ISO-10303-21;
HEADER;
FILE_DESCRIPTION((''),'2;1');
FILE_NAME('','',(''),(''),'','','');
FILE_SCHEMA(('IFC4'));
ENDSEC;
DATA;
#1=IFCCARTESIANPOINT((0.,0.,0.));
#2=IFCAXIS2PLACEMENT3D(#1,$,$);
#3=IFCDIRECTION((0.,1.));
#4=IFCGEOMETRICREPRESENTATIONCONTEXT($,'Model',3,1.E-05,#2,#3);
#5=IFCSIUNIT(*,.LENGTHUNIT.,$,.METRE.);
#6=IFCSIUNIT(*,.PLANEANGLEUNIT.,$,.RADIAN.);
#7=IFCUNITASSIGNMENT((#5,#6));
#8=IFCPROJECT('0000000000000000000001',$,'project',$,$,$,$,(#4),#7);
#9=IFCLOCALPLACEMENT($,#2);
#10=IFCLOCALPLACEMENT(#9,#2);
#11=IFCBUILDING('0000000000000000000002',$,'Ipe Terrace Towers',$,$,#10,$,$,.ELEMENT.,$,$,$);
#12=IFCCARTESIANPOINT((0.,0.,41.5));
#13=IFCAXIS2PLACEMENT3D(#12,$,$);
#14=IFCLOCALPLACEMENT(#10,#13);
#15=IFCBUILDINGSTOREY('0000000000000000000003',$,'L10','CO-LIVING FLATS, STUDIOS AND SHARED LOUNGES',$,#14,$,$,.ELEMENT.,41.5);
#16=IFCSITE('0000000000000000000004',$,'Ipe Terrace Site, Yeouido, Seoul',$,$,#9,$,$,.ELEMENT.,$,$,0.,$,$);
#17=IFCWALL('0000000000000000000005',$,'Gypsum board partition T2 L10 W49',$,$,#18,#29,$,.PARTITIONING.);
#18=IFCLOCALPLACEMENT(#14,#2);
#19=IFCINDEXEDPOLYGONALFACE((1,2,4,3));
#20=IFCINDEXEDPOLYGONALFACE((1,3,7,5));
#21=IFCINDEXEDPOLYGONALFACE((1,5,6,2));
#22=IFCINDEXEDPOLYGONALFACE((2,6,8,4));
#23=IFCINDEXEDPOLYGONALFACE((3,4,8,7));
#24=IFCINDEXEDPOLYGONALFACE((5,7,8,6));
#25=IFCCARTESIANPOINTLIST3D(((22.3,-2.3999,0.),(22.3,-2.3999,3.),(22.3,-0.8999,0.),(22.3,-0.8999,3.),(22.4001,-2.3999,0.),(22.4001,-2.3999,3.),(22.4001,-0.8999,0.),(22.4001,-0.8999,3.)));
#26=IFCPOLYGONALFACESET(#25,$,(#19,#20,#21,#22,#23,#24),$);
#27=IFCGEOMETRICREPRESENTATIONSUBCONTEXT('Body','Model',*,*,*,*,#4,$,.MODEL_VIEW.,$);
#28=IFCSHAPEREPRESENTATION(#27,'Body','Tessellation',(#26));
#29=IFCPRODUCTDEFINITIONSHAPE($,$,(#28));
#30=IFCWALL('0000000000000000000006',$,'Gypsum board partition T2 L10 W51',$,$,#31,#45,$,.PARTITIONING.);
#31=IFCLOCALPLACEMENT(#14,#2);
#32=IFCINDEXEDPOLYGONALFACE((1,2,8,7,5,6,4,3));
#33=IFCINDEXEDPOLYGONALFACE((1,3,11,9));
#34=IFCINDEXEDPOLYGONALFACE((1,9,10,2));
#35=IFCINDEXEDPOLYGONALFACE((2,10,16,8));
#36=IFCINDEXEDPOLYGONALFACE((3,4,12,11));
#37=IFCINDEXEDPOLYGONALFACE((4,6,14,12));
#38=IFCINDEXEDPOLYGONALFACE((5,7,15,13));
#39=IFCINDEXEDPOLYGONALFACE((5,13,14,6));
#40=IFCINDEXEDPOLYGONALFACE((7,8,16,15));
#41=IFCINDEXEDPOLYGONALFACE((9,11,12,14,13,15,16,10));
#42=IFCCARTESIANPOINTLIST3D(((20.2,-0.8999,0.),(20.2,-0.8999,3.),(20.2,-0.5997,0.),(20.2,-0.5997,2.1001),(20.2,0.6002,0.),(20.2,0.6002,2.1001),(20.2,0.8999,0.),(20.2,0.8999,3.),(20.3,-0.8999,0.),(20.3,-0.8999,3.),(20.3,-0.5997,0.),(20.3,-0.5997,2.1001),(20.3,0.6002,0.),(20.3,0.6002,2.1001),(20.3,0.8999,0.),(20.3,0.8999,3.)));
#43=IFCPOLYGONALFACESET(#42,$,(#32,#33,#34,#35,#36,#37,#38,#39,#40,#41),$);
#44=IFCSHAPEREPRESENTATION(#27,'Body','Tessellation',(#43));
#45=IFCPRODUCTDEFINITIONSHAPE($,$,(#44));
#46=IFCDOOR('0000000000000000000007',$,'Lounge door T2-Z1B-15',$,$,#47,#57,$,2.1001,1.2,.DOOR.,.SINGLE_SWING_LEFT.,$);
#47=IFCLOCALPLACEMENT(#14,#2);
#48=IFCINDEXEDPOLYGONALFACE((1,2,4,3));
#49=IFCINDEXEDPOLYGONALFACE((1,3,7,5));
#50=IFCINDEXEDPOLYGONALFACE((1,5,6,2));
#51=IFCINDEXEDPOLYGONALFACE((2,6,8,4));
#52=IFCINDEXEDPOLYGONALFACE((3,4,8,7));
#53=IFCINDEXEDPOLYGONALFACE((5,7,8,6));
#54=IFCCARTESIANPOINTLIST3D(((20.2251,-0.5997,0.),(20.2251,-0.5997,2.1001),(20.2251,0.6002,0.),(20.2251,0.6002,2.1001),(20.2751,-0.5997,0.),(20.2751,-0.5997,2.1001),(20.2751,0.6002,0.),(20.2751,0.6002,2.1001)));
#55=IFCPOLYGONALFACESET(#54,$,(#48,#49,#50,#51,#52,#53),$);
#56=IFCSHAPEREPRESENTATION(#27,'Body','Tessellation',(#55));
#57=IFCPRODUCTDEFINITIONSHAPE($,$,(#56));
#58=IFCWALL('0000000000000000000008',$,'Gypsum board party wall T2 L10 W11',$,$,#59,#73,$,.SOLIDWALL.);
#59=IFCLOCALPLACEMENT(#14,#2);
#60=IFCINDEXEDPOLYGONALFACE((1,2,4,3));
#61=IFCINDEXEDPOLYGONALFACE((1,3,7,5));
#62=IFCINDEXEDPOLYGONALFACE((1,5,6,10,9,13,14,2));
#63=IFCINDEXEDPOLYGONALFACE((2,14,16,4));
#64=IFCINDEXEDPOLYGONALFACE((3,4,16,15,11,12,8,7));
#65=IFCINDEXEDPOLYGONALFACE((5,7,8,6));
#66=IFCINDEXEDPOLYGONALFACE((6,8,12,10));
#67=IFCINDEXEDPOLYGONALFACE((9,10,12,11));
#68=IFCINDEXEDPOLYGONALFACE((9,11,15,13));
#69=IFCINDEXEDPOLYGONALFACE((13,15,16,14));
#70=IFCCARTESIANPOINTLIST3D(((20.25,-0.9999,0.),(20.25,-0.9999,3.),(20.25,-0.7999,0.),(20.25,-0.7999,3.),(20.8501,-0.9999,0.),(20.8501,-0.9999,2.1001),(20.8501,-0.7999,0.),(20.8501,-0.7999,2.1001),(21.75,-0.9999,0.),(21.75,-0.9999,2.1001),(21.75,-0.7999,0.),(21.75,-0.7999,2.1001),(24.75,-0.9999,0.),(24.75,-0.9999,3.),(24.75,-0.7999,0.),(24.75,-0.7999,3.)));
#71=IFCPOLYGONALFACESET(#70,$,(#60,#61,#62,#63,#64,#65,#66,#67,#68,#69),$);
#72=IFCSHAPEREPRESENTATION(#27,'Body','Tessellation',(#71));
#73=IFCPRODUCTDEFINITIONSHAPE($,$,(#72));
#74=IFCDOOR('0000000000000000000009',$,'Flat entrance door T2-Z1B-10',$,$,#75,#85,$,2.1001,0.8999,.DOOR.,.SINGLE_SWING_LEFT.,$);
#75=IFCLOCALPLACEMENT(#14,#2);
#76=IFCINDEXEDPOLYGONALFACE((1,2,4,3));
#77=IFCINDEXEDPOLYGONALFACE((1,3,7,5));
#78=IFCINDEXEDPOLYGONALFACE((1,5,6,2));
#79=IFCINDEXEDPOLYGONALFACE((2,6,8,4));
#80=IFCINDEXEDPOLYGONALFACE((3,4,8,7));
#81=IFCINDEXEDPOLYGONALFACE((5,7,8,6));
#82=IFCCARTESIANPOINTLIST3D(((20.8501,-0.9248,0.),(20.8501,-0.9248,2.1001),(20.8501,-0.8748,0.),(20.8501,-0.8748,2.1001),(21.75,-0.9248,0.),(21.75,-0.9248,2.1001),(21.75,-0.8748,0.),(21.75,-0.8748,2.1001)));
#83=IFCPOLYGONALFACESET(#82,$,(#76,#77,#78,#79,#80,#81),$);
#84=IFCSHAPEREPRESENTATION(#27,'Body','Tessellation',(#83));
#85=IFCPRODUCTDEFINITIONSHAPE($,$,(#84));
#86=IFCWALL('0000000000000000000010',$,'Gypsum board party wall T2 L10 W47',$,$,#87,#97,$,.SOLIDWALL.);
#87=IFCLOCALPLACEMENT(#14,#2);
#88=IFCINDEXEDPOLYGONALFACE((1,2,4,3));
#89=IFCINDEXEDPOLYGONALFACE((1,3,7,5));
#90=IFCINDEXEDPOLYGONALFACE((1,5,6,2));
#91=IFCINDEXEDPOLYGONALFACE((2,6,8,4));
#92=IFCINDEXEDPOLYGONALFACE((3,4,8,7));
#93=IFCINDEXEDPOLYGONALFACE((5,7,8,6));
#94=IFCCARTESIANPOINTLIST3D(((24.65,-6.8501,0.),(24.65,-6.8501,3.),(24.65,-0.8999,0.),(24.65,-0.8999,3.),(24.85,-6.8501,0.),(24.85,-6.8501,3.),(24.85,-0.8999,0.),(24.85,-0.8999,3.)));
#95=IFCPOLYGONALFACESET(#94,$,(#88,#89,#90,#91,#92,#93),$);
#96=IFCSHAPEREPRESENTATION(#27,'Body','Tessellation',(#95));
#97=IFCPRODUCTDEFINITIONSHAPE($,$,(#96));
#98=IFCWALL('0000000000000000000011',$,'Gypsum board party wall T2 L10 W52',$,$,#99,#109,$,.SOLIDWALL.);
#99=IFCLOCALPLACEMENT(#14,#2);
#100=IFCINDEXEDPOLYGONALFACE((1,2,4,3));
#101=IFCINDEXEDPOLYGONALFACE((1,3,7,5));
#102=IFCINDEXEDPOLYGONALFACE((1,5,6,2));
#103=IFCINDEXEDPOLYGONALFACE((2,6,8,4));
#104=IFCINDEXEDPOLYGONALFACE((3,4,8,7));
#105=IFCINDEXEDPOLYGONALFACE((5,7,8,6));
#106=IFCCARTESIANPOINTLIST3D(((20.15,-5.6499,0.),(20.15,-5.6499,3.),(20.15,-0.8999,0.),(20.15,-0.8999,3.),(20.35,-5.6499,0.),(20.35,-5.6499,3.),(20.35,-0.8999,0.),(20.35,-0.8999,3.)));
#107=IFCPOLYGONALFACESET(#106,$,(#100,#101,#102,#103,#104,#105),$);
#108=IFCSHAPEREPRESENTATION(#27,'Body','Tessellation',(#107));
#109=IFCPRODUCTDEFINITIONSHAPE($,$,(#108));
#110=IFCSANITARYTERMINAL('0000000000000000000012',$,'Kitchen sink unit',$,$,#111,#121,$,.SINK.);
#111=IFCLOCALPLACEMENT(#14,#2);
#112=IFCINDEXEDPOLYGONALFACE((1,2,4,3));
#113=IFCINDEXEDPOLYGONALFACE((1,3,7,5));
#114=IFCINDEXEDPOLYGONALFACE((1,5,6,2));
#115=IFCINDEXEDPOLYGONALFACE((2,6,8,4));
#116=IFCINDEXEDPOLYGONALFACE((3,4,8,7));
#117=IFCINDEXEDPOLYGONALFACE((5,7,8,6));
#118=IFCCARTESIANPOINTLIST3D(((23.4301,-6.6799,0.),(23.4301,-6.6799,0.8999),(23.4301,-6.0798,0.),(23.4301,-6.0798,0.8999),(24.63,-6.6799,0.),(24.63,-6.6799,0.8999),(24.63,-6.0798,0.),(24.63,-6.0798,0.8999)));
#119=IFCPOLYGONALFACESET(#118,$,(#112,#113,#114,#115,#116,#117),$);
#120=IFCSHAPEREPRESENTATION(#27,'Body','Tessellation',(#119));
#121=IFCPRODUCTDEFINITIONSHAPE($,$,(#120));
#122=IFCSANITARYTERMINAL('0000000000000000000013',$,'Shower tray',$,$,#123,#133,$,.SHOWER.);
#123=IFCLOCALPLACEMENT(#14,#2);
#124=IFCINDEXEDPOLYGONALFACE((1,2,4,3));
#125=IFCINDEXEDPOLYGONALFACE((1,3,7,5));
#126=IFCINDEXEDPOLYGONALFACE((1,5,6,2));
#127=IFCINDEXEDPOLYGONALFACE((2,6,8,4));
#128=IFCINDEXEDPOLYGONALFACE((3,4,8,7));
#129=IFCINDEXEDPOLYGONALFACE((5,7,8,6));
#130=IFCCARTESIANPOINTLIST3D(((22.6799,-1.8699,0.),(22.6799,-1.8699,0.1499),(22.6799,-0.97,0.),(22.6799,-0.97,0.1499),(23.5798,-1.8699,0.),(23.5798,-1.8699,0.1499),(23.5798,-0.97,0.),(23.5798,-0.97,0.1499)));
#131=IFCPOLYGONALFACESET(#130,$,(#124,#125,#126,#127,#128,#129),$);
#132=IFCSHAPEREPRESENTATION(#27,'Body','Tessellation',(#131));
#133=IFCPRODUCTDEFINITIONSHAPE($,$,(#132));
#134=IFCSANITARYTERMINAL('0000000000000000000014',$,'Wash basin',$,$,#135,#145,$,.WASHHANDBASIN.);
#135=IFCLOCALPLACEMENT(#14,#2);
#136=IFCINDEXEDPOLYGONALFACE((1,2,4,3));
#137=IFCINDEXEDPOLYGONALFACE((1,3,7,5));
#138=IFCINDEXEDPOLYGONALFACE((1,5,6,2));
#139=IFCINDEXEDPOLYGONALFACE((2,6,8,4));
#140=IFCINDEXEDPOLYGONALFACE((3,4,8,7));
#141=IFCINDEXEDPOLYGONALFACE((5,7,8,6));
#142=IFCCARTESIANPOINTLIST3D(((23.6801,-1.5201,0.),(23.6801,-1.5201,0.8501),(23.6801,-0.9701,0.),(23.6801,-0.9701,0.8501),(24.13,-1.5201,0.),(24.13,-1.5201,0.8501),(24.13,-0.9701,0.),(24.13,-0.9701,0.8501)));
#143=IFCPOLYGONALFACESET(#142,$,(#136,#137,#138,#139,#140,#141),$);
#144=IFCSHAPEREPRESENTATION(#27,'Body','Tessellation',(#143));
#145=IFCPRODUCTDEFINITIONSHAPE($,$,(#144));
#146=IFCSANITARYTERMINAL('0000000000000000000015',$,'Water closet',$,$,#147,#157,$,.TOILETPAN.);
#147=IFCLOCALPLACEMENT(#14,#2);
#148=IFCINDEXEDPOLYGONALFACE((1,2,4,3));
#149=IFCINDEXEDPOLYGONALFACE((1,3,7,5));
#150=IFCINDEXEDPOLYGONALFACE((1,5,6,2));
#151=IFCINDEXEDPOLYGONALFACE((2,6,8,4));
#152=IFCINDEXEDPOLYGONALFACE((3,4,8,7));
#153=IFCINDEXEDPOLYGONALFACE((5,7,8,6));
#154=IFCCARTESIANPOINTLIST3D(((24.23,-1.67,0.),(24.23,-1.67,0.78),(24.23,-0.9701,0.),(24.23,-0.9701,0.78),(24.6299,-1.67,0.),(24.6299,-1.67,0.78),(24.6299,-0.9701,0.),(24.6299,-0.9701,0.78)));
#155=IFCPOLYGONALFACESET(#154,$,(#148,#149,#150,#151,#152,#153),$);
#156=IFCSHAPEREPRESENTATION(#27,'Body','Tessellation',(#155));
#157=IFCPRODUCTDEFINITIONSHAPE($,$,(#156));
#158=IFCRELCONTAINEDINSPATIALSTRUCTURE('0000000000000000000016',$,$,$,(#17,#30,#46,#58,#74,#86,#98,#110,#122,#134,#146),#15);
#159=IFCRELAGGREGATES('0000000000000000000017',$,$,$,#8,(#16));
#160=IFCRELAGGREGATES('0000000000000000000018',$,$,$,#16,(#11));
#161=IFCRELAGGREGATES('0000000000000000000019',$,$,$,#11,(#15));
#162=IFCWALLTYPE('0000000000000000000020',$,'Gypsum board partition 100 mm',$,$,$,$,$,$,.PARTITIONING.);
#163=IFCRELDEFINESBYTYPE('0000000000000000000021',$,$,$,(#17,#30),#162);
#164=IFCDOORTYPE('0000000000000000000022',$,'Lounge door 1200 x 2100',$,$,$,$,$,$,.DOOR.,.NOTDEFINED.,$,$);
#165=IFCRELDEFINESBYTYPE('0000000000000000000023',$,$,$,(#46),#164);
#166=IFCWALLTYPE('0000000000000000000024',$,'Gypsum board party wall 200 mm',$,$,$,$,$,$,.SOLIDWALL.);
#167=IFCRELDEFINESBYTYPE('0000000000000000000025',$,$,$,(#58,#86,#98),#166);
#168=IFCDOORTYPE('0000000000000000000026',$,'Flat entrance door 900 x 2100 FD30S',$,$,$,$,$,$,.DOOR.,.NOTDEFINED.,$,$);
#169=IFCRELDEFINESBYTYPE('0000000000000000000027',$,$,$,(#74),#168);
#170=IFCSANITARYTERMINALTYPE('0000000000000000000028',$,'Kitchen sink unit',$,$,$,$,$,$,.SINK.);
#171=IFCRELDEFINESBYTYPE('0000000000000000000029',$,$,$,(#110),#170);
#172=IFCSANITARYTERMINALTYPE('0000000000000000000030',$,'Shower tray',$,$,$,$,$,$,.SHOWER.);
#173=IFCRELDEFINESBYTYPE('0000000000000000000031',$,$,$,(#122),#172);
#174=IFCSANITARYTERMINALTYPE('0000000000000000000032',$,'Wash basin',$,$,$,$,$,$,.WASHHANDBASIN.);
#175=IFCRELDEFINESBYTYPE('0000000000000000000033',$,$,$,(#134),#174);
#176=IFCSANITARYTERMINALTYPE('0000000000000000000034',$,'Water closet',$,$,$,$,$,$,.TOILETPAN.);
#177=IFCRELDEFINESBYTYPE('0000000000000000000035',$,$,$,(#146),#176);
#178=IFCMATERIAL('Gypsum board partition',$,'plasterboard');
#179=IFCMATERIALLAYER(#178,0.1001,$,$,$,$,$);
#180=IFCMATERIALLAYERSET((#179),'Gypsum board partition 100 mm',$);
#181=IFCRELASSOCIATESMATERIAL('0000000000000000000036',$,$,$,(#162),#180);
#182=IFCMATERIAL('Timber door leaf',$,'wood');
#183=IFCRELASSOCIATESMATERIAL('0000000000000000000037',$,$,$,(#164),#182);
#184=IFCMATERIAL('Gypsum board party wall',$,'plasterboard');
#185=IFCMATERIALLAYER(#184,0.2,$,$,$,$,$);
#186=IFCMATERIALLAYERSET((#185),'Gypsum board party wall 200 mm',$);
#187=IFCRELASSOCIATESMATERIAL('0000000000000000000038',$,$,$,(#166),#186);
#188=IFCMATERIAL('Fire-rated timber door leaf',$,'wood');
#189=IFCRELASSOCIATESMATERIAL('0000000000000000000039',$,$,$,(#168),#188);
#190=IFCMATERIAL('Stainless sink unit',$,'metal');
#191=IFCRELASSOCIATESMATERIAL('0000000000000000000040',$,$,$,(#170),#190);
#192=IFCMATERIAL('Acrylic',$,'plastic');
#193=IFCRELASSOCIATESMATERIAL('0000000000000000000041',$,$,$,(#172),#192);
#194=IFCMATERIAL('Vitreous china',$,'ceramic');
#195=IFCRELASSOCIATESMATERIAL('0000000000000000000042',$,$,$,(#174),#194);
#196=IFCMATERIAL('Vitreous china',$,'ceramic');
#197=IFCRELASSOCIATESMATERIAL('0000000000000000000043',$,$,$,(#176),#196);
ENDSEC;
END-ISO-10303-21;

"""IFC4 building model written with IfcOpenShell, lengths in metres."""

from ifc_helpers import new_model, si_unit, direction, frame, frame_2d, origin, origin_2d, place, context, subcontext, project, spatial, rectangle, extrude, material, layer, layer_set, type_object, element, fill, save


model = new_model("IFC4")

# Units and contexts
model_context = context("Model", 3, precision=1e-05, world=origin(), true_north=direction((0.0, 1.0)))
body_context = subcontext(model_context, "Body", "Model", "MODEL_VIEW")
ifc_project = project(units=[si_unit("LENGTHUNIT", "METRE"), si_unit("PLANEANGLEUNIT", "RADIAN")], contexts=[model_context])

# Site, building, storey
site_placement = place(None, origin())
site = spatial("IfcSite", under=ifc_project, at=site_placement, Name="Ipe Terrace Site, Yeouido, Seoul", CompositionType="ELEMENT", RefElevation=0.0)
building_placement = place(site_placement, origin())
building = spatial("IfcBuilding", under=site, at=building_placement, Name="Ipe Terrace Towers", CompositionType="ELEMENT")
storey_placement = place(building_placement, frame((0.0, 0.0, 41.5)))
storey = spatial("IfcBuildingStorey", under=building, at=storey_placement, Name="L10", Description="CO-LIVING FLATS, STUDIOS AND SHARED LOUNGES", CompositionType="ELEMENT", Elevation=41.5)

# Shared definitions
ifc_material_1 = material(Name="Gypsum board partition", Category="plasterboard")
ifc_layer_1 = layer(ifc_material_1, 0.1001)
ifc_layer_set_1 = layer_set([ifc_layer_1], Name="Gypsum board partition 100 mm")
wall_type_1 = type_object("IfcWallType", Name="Gypsum board partition 100 mm", PredefinedType="PARTITIONING", material=ifc_layer_set_1)

# Wall
wall_1_placement = place(storey_placement, frame((22.3501, -2.3999, 0.0), z_axis=(0.0, 0.0, 1.0), x_axis=(0.0, 1.0, 0.0)))
element("IfcWall", 1, at=wall_1_placement, inside=storey, type_object=wall_type_1, Name="Gypsum board partition T2 L10 W49", PredefinedType="PARTITIONING", context=body_context, shape_type="SweptSolid", body=[
    extrude(rectangle(XDim=1.5, YDim=0.1001, at=frame_2d((0.75, 0.0))), origin(), (0.0, 0.0, 1.0), 3.0),
])

# Walls, openings, doors
wall_2_placement = place(storey_placement, frame((20.25, -0.8999, 0.0), z_axis=(0.0, 0.0, 1.0), x_axis=(0.0, 1.0, 0.0)))
wall_2 = element("IfcWall", 2, at=wall_2_placement, inside=storey, type_object=wall_type_1, Name="Gypsum board partition T2 L10 W51", PredefinedType="PARTITIONING", context=body_context, shape_type="SweptSolid", body=[
    extrude(rectangle(XDim=1.7998, YDim=0.1001, at=frame_2d((0.8999, 0.0))), origin(), (0.0, 0.0, 1.0), 3.0),
])
opening_1_placement = place(wall_2_placement, frame((0.3, 0.0, 0.0)))
opening_1 = element("IfcOpeningElement", 3, at=opening_1_placement, cuts=wall_2, PredefinedType="OPENING", context=body_context, shape_type="SweptSolid", body=[
    extrude(rectangle(XDim=1.2, YDim=2.1001, at=frame_2d((0.6001, 1.05))), frame((0.0, 0.0601, 0.0), z_axis=(0.0, -1.0, 0.0), x_axis=(1.0, 0.0, 0.0)), (0.0, 0.0, 1.0), 0.1201),
])
ifc_material_2 = material(Name="Timber door leaf", Category="wood")
door_type_1 = type_object("IfcDoorType", Name="Lounge door 1200 x 2100", OperationType="NOTDEFINED", PredefinedType="DOOR", material=ifc_material_2)
door_1_placement = place(opening_1_placement, origin())
door_1 = element("IfcDoor", 4, at=door_1_placement, inside=storey, type_object=door_type_1, Name="Lounge door T2-Z1B-15", OperationType="SINGLE_SWING_LEFT", OverallHeight=2.1001, OverallWidth=1.2, PredefinedType="DOOR", context=body_context, shape_type="SweptSolid", body=[
    extrude(rectangle(XDim=1.2, YDim=2.1001, at=frame_2d((0.6001, 1.05))), frame((0.0, 0.0249, 0.0), z_axis=(0.0, -1.0, 0.0), x_axis=(1.0, 0.0, 0.0)), (0.0, 0.0, 1.0), 0.05),
])
fill(opening_1, door_1)
ifc_material_3 = material(Name="Gypsum board party wall", Category="plasterboard")
ifc_layer_2 = layer(ifc_material_3, 0.2)
ifc_layer_set_2 = layer_set([ifc_layer_2], Name="Gypsum board party wall 200 mm")
wall_type_2 = type_object("IfcWallType", Name="Gypsum board party wall 200 mm", PredefinedType="SOLIDWALL", material=ifc_layer_set_2)
wall_3_placement = place(storey_placement, frame((24.75, -0.8999, 0.0), z_axis=(0.0, 0.0, 1.0), x_axis=(-1.0, 0.0, 0.0)))
wall_3 = element("IfcWall", 5, at=wall_3_placement, inside=storey, type_object=wall_type_2, Name="Gypsum board party wall T2 L10 W11", PredefinedType="SOLIDWALL", context=body_context, shape_type="SweptSolid", body=[
    extrude(rectangle(XDim=4.5, YDim=0.2, at=frame_2d((2.25, 0.0))), origin(), (0.0, 0.0, 1.0), 3.0),
])
opening_2_placement = place(wall_3_placement, frame((3.0, 0.0, 0.0)))
opening_2 = element("IfcOpeningElement", 6, at=opening_2_placement, cuts=wall_3, PredefinedType="OPENING", context=body_context, shape_type="SweptSolid", body=[
    extrude(rectangle(XDim=0.8999, YDim=2.1001, at=frame_2d((0.45, 1.05))), frame((0.0, 0.1099, 0.0), z_axis=(0.0, -1.0, 0.0), x_axis=(1.0, 0.0, 0.0)), (0.0, 0.0, 1.0), 0.22),
])
ifc_material_4 = material(Name="Fire-rated timber door leaf", Category="wood")
door_type_2 = type_object("IfcDoorType", Name="Flat entrance door 900 x 2100 FD30S", OperationType="NOTDEFINED", PredefinedType="DOOR", material=ifc_material_4)
door_2_placement = place(opening_2_placement, origin())
door_2 = element("IfcDoor", 7, at=door_2_placement, inside=storey, type_object=door_type_2, Name="Flat entrance door T2-Z1B-10", OperationType="SINGLE_SWING_LEFT", OverallHeight=2.1001, OverallWidth=0.8999, PredefinedType="DOOR", context=body_context, shape_type="SweptSolid", body=[
    extrude(rectangle(XDim=0.8999, YDim=2.1001, at=frame_2d((0.45, 1.05))), frame((0.0, 0.0249, 0.0), z_axis=(0.0, -1.0, 0.0), x_axis=(1.0, 0.0, 0.0)), (0.0, 0.0, 1.0), 0.05),
])
fill(opening_2, door_2)

# Walls
wall_4_placement = place(storey_placement, frame((24.75, -6.8501, 0.0), z_axis=(0.0, 0.0, 1.0), x_axis=(0.0, 1.0, 0.0)))
element("IfcWall", 8, at=wall_4_placement, inside=storey, type_object=wall_type_2, Name="Gypsum board party wall T2 L10 W47", PredefinedType="SOLIDWALL", context=body_context, shape_type="SweptSolid", body=[
    extrude(rectangle(XDim=5.9502, YDim=0.2, at=frame_2d((2.9751, 0.0))), origin(), (0.0, 0.0, 1.0), 3.0),
])
wall_5_placement = place(storey_placement, frame((20.25, -5.6499, 0.0), z_axis=(0.0, 0.0, 1.0), x_axis=(0.0, 1.0, 0.0)))
element("IfcWall", 9, at=wall_5_placement, inside=storey, type_object=wall_type_2, Name="Gypsum board party wall T2 L10 W52", PredefinedType="SOLIDWALL", context=body_context, shape_type="SweptSolid", body=[
    extrude(rectangle(XDim=4.75, YDim=0.2, at=frame_2d((2.375, 0.0))), origin(), (0.0, 0.0, 1.0), 3.0),
])

# Sanitary terminals
ifc_material_5 = material(Name="Stainless sink unit", Category="metal")
sanitary_terminal_type_1 = type_object("IfcSanitaryTerminalType", Name="Kitchen sink unit", PredefinedType="SINK", material=ifc_material_5)
sanitary_terminal_1_placement = place(storey_placement, frame((24.03, -6.3799, 0.0), z_axis=(0.0, 0.0, 1.0), x_axis=(-1.0, 0.0, 0.0)))
element("IfcSanitaryTerminal", 10, at=sanitary_terminal_1_placement, inside=storey, type_object=sanitary_terminal_type_1, Name="Kitchen sink unit", PredefinedType="SINK", context=body_context, shape_type="SweptSolid", body=[
    extrude(rectangle(XDim=1.2, YDim=0.6001, at=origin_2d()), origin(), (0.0, 0.0, 1.0), 0.8999),
])
ifc_material_6 = material(Name="Acrylic", Category="plastic")
sanitary_terminal_type_2 = type_object("IfcSanitaryTerminalType", Name="Shower tray", PredefinedType="SHOWER", material=ifc_material_6)
sanitary_terminal_2_placement = place(storey_placement, frame((23.1299, -1.4199, 0.0), z_axis=(0.0, 0.0, 1.0), x_axis=(0.0, -1.0, 0.0)))
element("IfcSanitaryTerminal", 11, at=sanitary_terminal_2_placement, inside=storey, type_object=sanitary_terminal_type_2, Name="Shower tray", PredefinedType="SHOWER", context=body_context, shape_type="SweptSolid", body=[
    extrude(rectangle(XDim=0.8999, YDim=0.8999, at=origin_2d()), origin(), (0.0, 0.0, 1.0), 0.1499),
])
ifc_material_7 = material(Name="Vitreous china", Category="ceramic")
sanitary_terminal_type_3 = type_object("IfcSanitaryTerminalType", Name="Wash basin", PredefinedType="WASHHANDBASIN", material=ifc_material_7)
sanitary_terminal_3_placement = place(storey_placement, frame((23.905, -1.2451, 0.0), z_axis=(0.0, 0.0, 1.0), x_axis=(0.0, -1.0, 0.0)))
element("IfcSanitaryTerminal", 12, at=sanitary_terminal_3_placement, inside=storey, type_object=sanitary_terminal_type_3, Name="Wash basin", PredefinedType="WASHHANDBASIN", context=body_context, shape_type="SweptSolid", body=[
    extrude(rectangle(XDim=0.55, YDim=0.45, at=origin_2d()), origin(), (0.0, 0.0, 1.0), 0.8501),
])
ifc_material_8 = material(Name="Vitreous china", Category="ceramic")
sanitary_terminal_type_4 = type_object("IfcSanitaryTerminalType", Name="Water closet", PredefinedType="TOILETPAN", material=ifc_material_8)
sanitary_terminal_4_placement = place(storey_placement, frame((24.4299, -1.3201, 0.0), z_axis=(0.0, 0.0, 1.0), x_axis=(0.0, -1.0, 0.0)))
element("IfcSanitaryTerminal", 13, at=sanitary_terminal_4_placement, inside=storey, type_object=sanitary_terminal_type_4, Name="Water closet", PredefinedType="TOILETPAN", context=body_context, shape_type="SweptSolid", body=[
    extrude(rectangle(XDim=0.7, YDim=0.3999, at=origin_2d()), origin(), (0.0, 0.0, 1.0), 0.78),
])

save(model, "model.ifc")
